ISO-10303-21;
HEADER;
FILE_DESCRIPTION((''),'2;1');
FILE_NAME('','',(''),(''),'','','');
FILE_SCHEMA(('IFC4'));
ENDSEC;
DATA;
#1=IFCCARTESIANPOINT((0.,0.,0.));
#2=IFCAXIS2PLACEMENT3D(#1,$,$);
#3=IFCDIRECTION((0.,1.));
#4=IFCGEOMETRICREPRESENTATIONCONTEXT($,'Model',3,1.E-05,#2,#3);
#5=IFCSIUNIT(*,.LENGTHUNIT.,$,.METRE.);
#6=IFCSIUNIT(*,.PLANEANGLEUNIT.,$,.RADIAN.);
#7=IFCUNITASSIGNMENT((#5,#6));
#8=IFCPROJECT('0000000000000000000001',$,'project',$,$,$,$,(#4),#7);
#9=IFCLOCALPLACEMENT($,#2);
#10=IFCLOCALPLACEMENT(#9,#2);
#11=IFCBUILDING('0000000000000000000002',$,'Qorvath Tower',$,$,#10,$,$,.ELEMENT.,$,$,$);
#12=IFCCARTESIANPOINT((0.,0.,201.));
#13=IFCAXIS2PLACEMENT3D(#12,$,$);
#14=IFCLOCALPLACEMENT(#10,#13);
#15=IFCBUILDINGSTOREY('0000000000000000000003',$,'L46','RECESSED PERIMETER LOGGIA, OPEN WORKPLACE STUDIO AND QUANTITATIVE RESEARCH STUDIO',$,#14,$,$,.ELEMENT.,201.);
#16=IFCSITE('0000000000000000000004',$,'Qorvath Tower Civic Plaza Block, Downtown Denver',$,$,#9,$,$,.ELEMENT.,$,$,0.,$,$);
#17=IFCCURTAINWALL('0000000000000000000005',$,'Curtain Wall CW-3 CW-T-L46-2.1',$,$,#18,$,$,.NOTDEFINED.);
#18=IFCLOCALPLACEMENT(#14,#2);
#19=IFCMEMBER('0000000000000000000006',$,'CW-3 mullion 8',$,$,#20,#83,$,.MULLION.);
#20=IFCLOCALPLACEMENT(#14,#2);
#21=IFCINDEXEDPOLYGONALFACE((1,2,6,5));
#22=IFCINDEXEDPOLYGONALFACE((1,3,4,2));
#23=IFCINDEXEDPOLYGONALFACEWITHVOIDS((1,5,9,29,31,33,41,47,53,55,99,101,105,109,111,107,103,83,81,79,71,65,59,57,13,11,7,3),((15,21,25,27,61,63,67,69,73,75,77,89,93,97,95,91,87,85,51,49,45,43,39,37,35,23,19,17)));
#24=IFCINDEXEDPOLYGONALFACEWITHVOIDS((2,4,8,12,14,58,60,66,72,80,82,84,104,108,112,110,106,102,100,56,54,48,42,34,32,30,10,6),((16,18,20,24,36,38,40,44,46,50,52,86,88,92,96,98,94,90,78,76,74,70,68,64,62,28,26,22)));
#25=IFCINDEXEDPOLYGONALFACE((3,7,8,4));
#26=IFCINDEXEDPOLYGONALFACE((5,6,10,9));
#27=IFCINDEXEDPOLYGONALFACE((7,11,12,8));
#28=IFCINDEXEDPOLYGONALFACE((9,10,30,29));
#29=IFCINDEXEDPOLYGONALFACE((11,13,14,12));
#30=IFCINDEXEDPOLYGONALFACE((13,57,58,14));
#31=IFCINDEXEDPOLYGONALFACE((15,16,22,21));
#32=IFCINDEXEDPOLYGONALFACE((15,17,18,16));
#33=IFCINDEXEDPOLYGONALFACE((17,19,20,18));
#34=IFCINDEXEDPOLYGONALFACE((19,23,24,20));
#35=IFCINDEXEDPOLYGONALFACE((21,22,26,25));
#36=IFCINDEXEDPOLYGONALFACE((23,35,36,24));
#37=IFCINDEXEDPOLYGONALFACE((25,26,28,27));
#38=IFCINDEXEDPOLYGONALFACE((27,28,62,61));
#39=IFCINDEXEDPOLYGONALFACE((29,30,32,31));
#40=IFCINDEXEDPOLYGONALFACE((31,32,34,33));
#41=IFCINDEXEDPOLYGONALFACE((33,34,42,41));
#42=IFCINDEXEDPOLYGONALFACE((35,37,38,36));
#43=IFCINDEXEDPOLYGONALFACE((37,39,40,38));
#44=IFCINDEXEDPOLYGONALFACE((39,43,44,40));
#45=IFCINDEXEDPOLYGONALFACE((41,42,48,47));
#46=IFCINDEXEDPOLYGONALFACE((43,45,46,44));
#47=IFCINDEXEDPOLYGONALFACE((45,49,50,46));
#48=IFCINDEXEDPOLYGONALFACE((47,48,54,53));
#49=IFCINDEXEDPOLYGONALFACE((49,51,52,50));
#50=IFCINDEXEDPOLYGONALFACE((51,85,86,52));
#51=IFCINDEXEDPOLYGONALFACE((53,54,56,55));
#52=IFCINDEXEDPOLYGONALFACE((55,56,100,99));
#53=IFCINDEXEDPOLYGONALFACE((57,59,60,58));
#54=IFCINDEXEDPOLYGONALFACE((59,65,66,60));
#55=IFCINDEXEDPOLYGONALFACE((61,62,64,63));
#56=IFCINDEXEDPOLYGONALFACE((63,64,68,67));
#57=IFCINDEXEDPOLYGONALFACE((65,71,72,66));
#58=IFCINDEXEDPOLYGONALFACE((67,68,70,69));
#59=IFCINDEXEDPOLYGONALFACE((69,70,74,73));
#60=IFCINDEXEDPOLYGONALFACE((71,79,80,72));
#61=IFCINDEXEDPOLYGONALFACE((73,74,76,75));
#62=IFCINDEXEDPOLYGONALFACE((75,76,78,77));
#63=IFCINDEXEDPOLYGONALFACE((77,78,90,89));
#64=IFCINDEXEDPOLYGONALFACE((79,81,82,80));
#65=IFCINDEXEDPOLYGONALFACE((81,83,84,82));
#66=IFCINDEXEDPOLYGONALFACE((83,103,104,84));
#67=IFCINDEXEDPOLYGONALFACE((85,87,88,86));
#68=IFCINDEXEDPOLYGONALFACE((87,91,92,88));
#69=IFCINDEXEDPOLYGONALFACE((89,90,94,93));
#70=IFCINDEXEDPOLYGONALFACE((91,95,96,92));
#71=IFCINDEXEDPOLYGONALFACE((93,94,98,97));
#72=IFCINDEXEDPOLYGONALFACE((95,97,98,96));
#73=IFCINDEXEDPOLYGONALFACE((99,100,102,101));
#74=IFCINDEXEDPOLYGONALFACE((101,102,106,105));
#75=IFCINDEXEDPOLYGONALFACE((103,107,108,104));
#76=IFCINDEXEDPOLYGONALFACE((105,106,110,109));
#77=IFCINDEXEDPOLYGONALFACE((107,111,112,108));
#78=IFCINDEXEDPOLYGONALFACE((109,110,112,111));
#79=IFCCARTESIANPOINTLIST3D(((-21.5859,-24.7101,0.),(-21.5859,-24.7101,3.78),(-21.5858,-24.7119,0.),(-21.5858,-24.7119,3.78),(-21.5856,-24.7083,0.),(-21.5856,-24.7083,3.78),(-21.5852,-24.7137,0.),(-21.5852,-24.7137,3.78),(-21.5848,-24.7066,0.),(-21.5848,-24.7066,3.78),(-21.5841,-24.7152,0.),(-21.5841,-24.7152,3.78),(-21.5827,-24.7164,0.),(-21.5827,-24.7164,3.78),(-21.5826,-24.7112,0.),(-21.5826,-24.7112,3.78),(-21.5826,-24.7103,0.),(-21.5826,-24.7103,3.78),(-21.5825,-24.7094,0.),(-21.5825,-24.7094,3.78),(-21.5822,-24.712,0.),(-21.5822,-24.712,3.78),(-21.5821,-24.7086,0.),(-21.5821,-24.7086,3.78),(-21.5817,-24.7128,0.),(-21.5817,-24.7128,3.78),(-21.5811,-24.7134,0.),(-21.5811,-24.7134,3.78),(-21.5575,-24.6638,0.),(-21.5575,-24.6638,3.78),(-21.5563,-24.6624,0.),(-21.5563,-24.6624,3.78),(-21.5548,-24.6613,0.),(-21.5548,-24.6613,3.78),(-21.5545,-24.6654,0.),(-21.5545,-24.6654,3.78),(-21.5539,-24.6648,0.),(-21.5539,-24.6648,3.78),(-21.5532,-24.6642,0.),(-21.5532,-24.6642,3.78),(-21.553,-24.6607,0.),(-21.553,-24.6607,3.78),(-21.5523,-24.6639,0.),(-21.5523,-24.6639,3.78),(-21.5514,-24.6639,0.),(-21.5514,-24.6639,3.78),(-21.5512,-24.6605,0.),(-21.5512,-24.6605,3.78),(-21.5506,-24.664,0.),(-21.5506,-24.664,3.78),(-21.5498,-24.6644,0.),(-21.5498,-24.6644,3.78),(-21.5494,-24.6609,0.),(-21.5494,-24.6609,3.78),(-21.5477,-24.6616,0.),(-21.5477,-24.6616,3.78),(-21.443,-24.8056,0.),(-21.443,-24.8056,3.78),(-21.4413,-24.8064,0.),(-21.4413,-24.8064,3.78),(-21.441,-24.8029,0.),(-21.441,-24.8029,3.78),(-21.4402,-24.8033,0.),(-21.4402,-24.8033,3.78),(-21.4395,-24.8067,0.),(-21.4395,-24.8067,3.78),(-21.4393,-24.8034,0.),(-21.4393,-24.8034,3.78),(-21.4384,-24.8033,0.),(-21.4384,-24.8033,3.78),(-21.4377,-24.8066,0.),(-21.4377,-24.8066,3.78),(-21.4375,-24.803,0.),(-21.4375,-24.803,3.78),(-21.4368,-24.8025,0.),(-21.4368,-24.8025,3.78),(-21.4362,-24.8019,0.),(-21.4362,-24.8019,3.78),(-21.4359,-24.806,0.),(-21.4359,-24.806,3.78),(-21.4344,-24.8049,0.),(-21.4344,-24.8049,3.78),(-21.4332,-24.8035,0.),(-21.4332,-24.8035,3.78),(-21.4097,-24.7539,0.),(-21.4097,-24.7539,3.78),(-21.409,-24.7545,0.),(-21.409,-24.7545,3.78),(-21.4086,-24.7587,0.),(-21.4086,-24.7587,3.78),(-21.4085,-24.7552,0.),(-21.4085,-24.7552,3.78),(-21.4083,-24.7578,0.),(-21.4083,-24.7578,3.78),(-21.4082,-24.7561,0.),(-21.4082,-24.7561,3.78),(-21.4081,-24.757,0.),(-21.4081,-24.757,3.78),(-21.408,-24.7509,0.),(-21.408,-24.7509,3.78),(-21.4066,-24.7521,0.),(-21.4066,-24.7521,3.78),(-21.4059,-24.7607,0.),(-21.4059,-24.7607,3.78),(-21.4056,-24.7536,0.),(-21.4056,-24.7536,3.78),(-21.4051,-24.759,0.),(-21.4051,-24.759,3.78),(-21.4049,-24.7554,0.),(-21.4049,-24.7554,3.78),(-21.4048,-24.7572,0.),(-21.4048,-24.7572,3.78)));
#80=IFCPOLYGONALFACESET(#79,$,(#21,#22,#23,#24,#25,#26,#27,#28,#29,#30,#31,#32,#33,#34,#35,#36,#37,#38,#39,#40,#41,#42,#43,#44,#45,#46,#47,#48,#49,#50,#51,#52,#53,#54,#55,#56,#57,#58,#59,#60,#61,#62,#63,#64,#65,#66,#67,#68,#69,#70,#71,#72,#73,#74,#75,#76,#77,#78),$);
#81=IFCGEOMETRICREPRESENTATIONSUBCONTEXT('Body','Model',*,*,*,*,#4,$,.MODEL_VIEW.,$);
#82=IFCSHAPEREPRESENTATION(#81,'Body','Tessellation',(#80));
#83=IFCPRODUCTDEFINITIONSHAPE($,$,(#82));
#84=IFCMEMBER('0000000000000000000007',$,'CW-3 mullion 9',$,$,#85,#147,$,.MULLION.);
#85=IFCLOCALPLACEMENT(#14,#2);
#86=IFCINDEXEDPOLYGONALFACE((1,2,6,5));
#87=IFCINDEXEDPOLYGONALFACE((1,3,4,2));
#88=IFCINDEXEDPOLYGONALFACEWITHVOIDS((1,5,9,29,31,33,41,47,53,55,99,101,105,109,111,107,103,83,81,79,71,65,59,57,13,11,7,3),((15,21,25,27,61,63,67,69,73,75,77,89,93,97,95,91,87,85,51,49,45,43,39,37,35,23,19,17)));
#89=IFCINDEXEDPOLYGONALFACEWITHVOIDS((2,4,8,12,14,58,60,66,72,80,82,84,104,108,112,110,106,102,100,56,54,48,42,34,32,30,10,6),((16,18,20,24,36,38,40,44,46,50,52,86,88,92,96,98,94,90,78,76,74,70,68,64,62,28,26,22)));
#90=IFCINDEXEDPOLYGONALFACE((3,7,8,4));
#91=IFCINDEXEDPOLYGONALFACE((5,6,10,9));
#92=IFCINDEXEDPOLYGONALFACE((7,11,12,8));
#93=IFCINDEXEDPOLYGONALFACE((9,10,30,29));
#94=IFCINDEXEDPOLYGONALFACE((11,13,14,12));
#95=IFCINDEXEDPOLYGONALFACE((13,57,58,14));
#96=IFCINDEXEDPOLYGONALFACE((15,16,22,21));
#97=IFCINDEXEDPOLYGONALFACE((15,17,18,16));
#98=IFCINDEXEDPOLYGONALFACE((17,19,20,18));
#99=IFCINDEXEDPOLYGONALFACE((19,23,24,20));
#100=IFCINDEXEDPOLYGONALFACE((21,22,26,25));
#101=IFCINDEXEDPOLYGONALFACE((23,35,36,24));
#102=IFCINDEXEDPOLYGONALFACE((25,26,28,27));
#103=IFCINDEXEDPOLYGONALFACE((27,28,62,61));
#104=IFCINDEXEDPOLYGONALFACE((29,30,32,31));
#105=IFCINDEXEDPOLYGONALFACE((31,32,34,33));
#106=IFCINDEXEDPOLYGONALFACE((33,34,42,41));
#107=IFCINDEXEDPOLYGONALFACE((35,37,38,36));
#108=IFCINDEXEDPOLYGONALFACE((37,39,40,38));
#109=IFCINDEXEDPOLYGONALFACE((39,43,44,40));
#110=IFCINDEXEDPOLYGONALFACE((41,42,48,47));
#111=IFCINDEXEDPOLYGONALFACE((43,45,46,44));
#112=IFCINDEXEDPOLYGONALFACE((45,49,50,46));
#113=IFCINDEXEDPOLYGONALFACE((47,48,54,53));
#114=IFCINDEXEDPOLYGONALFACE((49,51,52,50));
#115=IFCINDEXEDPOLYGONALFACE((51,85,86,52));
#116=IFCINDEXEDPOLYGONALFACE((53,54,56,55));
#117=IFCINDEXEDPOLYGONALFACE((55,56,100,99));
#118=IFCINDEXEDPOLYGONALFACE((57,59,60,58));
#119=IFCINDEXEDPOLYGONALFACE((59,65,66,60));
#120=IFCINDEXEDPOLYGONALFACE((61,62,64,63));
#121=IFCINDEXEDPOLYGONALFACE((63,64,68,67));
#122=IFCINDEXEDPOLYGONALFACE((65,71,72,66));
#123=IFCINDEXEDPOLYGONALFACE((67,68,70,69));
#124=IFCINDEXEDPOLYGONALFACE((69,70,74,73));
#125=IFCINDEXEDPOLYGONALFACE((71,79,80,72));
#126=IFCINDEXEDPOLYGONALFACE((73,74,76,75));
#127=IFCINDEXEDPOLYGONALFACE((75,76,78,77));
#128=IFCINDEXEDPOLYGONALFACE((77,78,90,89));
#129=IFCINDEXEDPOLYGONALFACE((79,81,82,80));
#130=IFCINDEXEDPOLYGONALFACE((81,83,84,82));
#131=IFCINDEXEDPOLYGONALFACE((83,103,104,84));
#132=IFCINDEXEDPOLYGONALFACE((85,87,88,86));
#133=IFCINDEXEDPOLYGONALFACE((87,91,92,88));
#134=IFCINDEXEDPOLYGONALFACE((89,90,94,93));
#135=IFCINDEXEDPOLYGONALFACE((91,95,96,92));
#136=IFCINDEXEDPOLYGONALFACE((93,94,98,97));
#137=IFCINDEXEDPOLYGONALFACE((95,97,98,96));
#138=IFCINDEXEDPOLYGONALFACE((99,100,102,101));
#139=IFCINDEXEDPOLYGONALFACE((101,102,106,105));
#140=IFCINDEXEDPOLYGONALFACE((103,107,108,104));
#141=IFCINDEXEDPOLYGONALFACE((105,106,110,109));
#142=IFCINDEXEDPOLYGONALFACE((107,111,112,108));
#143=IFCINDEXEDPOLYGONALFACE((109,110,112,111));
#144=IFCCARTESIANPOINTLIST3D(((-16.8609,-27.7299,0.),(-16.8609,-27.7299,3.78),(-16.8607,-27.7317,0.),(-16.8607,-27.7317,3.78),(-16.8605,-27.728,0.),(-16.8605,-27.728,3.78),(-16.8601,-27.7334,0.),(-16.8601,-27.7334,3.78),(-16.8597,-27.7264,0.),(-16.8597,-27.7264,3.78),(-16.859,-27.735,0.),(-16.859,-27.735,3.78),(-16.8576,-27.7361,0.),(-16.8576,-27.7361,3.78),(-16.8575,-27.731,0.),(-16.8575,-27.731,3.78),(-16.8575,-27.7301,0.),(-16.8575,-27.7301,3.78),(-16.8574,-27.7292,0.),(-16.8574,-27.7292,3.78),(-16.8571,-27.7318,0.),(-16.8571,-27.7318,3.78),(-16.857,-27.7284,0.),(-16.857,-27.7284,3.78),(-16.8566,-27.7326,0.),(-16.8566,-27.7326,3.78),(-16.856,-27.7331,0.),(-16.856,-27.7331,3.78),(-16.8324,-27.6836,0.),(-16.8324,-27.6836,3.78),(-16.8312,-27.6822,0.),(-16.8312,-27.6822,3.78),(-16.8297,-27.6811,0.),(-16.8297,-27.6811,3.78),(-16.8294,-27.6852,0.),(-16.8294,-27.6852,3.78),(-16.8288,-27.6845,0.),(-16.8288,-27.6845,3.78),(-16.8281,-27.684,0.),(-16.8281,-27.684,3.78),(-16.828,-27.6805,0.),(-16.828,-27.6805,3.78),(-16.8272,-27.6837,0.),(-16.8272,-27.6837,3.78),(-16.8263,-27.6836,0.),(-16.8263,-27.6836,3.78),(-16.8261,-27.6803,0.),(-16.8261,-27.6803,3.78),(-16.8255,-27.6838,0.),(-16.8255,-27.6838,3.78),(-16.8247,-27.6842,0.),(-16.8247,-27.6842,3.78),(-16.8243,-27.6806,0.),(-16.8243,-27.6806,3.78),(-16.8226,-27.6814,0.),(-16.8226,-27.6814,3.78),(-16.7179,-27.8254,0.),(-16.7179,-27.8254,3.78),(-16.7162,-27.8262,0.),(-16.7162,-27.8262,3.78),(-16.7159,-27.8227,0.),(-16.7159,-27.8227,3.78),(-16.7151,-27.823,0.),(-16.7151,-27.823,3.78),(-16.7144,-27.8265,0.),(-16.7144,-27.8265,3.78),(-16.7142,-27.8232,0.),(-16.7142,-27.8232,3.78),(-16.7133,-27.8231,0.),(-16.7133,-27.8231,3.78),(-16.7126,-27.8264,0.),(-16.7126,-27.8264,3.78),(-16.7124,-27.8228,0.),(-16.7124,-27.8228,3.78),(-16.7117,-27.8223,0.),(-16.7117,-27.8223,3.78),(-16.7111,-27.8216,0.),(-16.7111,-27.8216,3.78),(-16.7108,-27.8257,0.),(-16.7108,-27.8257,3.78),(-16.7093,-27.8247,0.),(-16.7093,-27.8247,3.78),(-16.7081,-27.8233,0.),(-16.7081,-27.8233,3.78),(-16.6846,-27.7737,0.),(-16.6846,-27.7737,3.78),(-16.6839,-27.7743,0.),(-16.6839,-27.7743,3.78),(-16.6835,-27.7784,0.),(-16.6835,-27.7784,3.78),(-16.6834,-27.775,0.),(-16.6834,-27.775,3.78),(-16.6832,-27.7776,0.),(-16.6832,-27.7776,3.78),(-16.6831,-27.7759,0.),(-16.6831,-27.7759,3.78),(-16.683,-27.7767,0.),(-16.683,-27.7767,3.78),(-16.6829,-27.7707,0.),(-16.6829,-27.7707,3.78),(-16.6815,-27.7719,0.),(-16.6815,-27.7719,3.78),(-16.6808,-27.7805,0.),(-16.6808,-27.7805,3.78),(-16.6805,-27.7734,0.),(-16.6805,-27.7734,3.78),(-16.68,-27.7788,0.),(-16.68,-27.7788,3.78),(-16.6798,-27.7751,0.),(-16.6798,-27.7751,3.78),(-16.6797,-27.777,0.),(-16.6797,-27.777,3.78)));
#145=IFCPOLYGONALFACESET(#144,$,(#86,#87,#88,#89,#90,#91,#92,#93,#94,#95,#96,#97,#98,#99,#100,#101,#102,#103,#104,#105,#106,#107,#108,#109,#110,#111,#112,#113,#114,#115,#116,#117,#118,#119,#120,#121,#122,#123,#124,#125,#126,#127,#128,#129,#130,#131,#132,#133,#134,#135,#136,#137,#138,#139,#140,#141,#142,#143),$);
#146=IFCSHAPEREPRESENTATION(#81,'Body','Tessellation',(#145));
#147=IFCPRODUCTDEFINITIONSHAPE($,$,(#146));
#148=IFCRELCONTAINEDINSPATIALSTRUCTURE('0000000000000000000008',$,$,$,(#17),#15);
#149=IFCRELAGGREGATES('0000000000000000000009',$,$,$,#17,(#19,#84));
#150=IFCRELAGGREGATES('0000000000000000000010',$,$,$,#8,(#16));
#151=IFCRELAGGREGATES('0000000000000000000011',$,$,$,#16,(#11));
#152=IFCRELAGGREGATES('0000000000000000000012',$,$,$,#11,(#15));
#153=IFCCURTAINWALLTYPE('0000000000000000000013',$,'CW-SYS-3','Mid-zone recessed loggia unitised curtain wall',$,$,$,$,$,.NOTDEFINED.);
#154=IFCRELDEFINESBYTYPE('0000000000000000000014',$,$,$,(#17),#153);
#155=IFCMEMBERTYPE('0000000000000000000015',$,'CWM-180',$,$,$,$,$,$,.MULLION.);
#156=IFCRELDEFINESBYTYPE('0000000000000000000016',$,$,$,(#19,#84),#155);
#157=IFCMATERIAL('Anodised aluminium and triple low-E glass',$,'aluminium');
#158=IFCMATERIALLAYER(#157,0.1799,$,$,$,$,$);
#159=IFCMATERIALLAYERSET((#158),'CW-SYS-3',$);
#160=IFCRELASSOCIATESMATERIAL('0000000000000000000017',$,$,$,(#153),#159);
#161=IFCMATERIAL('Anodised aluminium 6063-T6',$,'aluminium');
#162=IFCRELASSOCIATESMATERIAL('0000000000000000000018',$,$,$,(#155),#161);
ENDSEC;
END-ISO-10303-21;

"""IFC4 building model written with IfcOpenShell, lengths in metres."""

from ifc_helpers import new_model, si_unit, direction, frame, origin, origin_2d, place, context, subcontext, project, spatial, hollow_rectangle, extrude, material, layer, layer_set, material_profile, profile_set, type_object, element, aggregate, save


model = new_model("IFC4")

# Units and contexts
model_context = context("Model", 3, precision=1e-05, world=origin(), true_north=direction((0.0, 1.0)))
body_context = subcontext(model_context, "Body", "Model", "MODEL_VIEW")
ifc_project = project(units=[si_unit("LENGTHUNIT", "METRE"), si_unit("PLANEANGLEUNIT", "RADIAN")], contexts=[model_context])

# Site, building, storey
site_placement = place(None, origin())
site = spatial("IfcSite", under=ifc_project, at=site_placement, Name="Qorvath Tower Civic Plaza Block, Downtown Denver", CompositionType="ELEMENT", RefElevation=0.0)
building_placement = place(site_placement, origin())
building = spatial("IfcBuilding", under=site, at=building_placement, Name="Qorvath Tower", CompositionType="ELEMENT")
storey_placement = place(building_placement, frame((0.0, 0.0, 201.0)))
storey = spatial("IfcBuildingStorey", under=building, at=storey_placement, Name="L46", Description="RECESSED PERIMETER LOGGIA, OPEN WORKPLACE STUDIO AND QUANTITATIVE RESEARCH STUDIO", CompositionType="ELEMENT", Elevation=201.0)

# Curtain wall, members
ifc_material_1 = material(Name="Anodised aluminium and triple low-E glass", Category="aluminium")
ifc_layer_1 = layer(ifc_material_1, 0.1799)
ifc_layer_set_1 = layer_set([ifc_layer_1], Name="CW-SYS-3")
curtain_wall_type = type_object("IfcCurtainWallType", Name="CW-SYS-3", Description="Mid-zone recessed loggia unitised curtain wall", PredefinedType="NOTDEFINED", material=ifc_layer_set_1)
curtain_wall_1_placement = place(storey_placement, origin())
curtain_wall_1 = element("IfcCurtainWall", 1, at=curtain_wall_1_placement, inside=storey, type_object=curtain_wall_type, Name="Curtain Wall CW-3 CW-T-L46-2.1", PredefinedType="NOTDEFINED")
ifc_material_2 = material(Name="Anodised aluminium 6063-T6", Category="aluminium")
ifc_material_profile_1 = material_profile(ifc_material_2, hollow_rectangle(XDim=0.0649, YDim=0.1799, WallThickness=0.0034, InnerFilletRadius=0.0034, OuterFilletRadius=0.0071, at=origin_2d()), Name="CWM 180x65")
ifc_profile_set_1 = profile_set([ifc_material_profile_1], Name="Anodised aluminium 6063-T6")
member_type_1 = type_object("IfcMemberType", Name="CWM-180", PredefinedType="MULLION", material=ifc_profile_set_1)
member_1_placement = place(storey_placement, frame((-21.4954, -24.7336, 0.0), z_axis=(0.0, 0.0, 1.0), x_axis=(0.538534, 0.842604, 0.0)))
member_1 = element("IfcMember", 2, at=member_1_placement, type_object=member_type_1, Name="CW-3 mullion 8", PredefinedType="MULLION", context=body_context, shape_type="SweptSolid", body=[
    extrude(hollow_rectangle(XDim=0.0649, YDim=0.1799, WallThickness=0.0034, InnerFilletRadius=0.0034, OuterFilletRadius=0.0071, at=origin_2d()), origin(), (0.0, 0.0, 1.0), 3.78),
])
member_2_placement = place(storey_placement, frame((-16.7703, -27.7534, 0.0), z_axis=(0.0, 0.0, 1.0), x_axis=(0.538534, 0.842604, 0.0)))
member_2 = element("IfcMember", 3, at=member_2_placement, type_object=member_type_1, Name="CW-3 mullion 9", PredefinedType="MULLION", context=body_context, shape_type="SweptSolid", body=[
    extrude(hollow_rectangle(XDim=0.0649, YDim=0.1799, WallThickness=0.0034, InnerFilletRadius=0.0034, OuterFilletRadius=0.0071, at=origin_2d()), origin(), (0.0, 0.0, 1.0), 3.78),
])

aggregate(curtain_wall_1, [member_1, member_2])

save(model, "model.ifc")
